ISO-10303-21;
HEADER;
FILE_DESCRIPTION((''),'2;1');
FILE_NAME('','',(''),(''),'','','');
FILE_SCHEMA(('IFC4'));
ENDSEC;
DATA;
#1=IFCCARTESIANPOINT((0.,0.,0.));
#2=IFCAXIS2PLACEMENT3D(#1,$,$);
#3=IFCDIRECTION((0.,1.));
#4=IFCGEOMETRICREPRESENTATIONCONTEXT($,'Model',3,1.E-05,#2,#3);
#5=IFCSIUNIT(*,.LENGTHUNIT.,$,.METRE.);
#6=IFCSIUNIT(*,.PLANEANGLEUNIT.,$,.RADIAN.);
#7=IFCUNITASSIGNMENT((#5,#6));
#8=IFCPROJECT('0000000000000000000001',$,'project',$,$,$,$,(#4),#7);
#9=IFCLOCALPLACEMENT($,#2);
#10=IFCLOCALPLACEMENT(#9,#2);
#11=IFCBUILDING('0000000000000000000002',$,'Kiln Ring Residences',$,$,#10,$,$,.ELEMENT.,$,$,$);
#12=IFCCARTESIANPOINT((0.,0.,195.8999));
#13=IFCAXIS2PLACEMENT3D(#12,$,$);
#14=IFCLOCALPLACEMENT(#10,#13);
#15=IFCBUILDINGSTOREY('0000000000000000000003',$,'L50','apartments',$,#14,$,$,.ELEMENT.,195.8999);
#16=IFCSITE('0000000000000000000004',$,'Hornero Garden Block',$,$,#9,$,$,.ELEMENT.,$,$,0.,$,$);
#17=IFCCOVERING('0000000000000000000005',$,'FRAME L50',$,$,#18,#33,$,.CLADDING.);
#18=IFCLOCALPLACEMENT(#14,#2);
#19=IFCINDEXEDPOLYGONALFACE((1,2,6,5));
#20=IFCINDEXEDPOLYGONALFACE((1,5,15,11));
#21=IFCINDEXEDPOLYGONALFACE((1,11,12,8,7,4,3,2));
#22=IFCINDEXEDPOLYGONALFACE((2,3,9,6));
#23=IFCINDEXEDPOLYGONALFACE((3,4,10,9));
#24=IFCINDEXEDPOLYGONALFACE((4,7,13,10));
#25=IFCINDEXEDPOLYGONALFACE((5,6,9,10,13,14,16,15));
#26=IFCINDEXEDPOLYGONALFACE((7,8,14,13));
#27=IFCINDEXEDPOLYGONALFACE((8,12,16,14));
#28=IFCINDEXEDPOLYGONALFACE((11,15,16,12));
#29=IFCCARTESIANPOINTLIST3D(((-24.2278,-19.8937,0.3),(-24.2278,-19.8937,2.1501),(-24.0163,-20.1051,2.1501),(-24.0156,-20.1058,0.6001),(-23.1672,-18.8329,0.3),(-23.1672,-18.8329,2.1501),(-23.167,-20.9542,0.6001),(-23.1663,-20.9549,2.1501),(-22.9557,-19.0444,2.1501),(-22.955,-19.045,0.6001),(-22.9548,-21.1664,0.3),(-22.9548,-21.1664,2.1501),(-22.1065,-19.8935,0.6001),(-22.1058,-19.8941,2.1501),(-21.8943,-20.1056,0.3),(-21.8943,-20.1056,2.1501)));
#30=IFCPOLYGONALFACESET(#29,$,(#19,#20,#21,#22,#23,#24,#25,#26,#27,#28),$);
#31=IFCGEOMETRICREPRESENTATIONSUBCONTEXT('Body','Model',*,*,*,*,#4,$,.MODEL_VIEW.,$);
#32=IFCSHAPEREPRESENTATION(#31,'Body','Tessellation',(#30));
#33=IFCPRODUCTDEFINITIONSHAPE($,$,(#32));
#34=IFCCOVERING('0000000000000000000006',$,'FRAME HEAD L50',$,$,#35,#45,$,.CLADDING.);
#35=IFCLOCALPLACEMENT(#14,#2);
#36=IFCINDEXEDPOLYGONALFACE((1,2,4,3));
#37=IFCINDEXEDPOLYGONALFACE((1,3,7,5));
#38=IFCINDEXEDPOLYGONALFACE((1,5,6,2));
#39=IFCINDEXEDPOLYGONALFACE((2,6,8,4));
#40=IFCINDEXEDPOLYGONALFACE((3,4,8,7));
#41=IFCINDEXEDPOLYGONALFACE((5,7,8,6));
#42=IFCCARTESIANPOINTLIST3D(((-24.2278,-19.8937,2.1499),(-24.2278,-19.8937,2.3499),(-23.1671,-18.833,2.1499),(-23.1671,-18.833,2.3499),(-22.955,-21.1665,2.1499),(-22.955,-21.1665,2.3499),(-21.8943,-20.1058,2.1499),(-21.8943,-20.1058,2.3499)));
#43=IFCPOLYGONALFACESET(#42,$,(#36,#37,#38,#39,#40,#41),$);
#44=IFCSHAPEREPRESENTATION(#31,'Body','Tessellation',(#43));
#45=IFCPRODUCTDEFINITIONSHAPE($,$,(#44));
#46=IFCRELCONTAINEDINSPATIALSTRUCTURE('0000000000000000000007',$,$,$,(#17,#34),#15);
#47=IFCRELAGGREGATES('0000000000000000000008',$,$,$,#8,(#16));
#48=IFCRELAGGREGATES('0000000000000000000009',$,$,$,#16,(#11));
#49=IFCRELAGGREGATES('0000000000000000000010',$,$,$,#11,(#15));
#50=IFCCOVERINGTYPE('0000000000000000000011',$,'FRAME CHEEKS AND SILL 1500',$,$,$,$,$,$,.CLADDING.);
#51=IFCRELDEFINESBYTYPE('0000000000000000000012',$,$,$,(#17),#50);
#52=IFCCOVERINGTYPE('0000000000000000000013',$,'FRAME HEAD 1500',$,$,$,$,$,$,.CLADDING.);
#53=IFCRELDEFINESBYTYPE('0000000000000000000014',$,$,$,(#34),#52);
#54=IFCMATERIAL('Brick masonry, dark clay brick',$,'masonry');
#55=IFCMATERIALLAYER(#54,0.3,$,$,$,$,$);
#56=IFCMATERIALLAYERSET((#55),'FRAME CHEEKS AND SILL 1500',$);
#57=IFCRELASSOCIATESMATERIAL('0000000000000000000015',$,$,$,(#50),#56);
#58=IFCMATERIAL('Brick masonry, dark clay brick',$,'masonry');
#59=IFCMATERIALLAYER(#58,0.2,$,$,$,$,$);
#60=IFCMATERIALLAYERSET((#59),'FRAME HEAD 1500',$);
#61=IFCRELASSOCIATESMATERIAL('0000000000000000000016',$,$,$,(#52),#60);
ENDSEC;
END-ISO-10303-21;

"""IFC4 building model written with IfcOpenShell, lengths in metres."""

from ifc_helpers import new_model, si_unit, direction, frame, origin, origin_2d, place, context, subcontext, project, spatial, polyline, rectangle, outline, extrude, material, layer, layer_set, type_object, element, save


model = new_model("IFC4")

# Units and contexts
model_context = context("Model", 3, precision=1e-05, world=origin(), true_north=direction((0.0, 1.0)))
body_context = subcontext(model_context, "Body", "Model", "MODEL_VIEW")
ifc_project = project(units=[si_unit("LENGTHUNIT", "METRE"), si_unit("PLANEANGLEUNIT", "RADIAN")], contexts=[model_context])

# Site, building, storey
site_placement = place(None, origin())
site = spatial("IfcSite", under=ifc_project, at=site_placement, Name="Hornero Garden Block", CompositionType="ELEMENT", RefElevation=0.0)
building_placement = place(site_placement, origin())
building = spatial("IfcBuilding", under=site, at=building_placement, Name="Kiln Ring Residences", CompositionType="ELEMENT")
storey_placement = place(building_placement, frame((0.0, 0.0, 195.8999)))
storey = spatial("IfcBuildingStorey", under=building, at=storey_placement, Name="L50", Description="apartments", CompositionType="ELEMENT", Elevation=195.8999)

# Coverings
ifc_material_1 = material(Name="Brick masonry, dark clay brick", Category="masonry")
ifc_layer_1 = layer(ifc_material_1, 0.3)
ifc_layer_set_1 = layer_set([ifc_layer_1], Name="FRAME CHEEKS AND SILL 1500")
covering_type_1 = type_object("IfcCoveringType", Name="FRAME CHEEKS AND SILL 1500", PredefinedType="CLADDING", material=ifc_layer_set_1)
covering_1_placement = place(storey_placement, frame((-23.6975, -19.3633, 0.3), z_axis=(0.0, 0.0, 1.0), x_axis=(0.707175, -0.707039, 0.0)))
element("IfcCovering", 1, at=covering_1_placement, inside=storey, type_object=covering_type_1, Name="FRAME L50", PredefinedType="CLADDING", context=body_context, shape_type="SweptSolid", body=[
    extrude(outline(polyline([(0.0, 0.0), (1.8, 0.0), (1.8, 1.8501), (1.501, 1.8501), (1.5, 0.3), (0.3, 0.3), (0.2991, 1.8501), (0.0, 1.8501), (0.0, 0.0)])), frame((0.0, 0.75, 0.0), z_axis=(0.0, -1.0, 0.0), x_axis=(1.0, 0.0, 0.0)), (0.0, 0.0, 1.0), 1.5),
])
ifc_material_2 = material(Name="Brick masonry, dark clay brick", Category="masonry")
ifc_layer_2 = layer(ifc_material_2, 0.2)
ifc_layer_set_2 = layer_set([ifc_layer_2], Name="FRAME HEAD 1500")
covering_type_2 = type_object("IfcCoveringType", Name="FRAME HEAD 1500", PredefinedType="CLADDING", material=ifc_layer_set_2)
covering_2_placement = place(storey_placement, frame((-23.061, -19.9998, 2.1499), z_axis=(0.0, 0.0, 1.0), x_axis=(0.707107, -0.707107, 0.0)))
element("IfcCovering", 2, at=covering_2_placement, inside=storey, type_object=covering_type_2, Name="FRAME HEAD L50", PredefinedType="CLADDING", context=body_context, shape_type="SweptSolid", body=[
    extrude(rectangle(XDim=1.8, YDim=1.5, at=origin_2d()), origin(), (0.0, 0.0, 1.0), 0.2),
])

save(model, "model.ifc")
